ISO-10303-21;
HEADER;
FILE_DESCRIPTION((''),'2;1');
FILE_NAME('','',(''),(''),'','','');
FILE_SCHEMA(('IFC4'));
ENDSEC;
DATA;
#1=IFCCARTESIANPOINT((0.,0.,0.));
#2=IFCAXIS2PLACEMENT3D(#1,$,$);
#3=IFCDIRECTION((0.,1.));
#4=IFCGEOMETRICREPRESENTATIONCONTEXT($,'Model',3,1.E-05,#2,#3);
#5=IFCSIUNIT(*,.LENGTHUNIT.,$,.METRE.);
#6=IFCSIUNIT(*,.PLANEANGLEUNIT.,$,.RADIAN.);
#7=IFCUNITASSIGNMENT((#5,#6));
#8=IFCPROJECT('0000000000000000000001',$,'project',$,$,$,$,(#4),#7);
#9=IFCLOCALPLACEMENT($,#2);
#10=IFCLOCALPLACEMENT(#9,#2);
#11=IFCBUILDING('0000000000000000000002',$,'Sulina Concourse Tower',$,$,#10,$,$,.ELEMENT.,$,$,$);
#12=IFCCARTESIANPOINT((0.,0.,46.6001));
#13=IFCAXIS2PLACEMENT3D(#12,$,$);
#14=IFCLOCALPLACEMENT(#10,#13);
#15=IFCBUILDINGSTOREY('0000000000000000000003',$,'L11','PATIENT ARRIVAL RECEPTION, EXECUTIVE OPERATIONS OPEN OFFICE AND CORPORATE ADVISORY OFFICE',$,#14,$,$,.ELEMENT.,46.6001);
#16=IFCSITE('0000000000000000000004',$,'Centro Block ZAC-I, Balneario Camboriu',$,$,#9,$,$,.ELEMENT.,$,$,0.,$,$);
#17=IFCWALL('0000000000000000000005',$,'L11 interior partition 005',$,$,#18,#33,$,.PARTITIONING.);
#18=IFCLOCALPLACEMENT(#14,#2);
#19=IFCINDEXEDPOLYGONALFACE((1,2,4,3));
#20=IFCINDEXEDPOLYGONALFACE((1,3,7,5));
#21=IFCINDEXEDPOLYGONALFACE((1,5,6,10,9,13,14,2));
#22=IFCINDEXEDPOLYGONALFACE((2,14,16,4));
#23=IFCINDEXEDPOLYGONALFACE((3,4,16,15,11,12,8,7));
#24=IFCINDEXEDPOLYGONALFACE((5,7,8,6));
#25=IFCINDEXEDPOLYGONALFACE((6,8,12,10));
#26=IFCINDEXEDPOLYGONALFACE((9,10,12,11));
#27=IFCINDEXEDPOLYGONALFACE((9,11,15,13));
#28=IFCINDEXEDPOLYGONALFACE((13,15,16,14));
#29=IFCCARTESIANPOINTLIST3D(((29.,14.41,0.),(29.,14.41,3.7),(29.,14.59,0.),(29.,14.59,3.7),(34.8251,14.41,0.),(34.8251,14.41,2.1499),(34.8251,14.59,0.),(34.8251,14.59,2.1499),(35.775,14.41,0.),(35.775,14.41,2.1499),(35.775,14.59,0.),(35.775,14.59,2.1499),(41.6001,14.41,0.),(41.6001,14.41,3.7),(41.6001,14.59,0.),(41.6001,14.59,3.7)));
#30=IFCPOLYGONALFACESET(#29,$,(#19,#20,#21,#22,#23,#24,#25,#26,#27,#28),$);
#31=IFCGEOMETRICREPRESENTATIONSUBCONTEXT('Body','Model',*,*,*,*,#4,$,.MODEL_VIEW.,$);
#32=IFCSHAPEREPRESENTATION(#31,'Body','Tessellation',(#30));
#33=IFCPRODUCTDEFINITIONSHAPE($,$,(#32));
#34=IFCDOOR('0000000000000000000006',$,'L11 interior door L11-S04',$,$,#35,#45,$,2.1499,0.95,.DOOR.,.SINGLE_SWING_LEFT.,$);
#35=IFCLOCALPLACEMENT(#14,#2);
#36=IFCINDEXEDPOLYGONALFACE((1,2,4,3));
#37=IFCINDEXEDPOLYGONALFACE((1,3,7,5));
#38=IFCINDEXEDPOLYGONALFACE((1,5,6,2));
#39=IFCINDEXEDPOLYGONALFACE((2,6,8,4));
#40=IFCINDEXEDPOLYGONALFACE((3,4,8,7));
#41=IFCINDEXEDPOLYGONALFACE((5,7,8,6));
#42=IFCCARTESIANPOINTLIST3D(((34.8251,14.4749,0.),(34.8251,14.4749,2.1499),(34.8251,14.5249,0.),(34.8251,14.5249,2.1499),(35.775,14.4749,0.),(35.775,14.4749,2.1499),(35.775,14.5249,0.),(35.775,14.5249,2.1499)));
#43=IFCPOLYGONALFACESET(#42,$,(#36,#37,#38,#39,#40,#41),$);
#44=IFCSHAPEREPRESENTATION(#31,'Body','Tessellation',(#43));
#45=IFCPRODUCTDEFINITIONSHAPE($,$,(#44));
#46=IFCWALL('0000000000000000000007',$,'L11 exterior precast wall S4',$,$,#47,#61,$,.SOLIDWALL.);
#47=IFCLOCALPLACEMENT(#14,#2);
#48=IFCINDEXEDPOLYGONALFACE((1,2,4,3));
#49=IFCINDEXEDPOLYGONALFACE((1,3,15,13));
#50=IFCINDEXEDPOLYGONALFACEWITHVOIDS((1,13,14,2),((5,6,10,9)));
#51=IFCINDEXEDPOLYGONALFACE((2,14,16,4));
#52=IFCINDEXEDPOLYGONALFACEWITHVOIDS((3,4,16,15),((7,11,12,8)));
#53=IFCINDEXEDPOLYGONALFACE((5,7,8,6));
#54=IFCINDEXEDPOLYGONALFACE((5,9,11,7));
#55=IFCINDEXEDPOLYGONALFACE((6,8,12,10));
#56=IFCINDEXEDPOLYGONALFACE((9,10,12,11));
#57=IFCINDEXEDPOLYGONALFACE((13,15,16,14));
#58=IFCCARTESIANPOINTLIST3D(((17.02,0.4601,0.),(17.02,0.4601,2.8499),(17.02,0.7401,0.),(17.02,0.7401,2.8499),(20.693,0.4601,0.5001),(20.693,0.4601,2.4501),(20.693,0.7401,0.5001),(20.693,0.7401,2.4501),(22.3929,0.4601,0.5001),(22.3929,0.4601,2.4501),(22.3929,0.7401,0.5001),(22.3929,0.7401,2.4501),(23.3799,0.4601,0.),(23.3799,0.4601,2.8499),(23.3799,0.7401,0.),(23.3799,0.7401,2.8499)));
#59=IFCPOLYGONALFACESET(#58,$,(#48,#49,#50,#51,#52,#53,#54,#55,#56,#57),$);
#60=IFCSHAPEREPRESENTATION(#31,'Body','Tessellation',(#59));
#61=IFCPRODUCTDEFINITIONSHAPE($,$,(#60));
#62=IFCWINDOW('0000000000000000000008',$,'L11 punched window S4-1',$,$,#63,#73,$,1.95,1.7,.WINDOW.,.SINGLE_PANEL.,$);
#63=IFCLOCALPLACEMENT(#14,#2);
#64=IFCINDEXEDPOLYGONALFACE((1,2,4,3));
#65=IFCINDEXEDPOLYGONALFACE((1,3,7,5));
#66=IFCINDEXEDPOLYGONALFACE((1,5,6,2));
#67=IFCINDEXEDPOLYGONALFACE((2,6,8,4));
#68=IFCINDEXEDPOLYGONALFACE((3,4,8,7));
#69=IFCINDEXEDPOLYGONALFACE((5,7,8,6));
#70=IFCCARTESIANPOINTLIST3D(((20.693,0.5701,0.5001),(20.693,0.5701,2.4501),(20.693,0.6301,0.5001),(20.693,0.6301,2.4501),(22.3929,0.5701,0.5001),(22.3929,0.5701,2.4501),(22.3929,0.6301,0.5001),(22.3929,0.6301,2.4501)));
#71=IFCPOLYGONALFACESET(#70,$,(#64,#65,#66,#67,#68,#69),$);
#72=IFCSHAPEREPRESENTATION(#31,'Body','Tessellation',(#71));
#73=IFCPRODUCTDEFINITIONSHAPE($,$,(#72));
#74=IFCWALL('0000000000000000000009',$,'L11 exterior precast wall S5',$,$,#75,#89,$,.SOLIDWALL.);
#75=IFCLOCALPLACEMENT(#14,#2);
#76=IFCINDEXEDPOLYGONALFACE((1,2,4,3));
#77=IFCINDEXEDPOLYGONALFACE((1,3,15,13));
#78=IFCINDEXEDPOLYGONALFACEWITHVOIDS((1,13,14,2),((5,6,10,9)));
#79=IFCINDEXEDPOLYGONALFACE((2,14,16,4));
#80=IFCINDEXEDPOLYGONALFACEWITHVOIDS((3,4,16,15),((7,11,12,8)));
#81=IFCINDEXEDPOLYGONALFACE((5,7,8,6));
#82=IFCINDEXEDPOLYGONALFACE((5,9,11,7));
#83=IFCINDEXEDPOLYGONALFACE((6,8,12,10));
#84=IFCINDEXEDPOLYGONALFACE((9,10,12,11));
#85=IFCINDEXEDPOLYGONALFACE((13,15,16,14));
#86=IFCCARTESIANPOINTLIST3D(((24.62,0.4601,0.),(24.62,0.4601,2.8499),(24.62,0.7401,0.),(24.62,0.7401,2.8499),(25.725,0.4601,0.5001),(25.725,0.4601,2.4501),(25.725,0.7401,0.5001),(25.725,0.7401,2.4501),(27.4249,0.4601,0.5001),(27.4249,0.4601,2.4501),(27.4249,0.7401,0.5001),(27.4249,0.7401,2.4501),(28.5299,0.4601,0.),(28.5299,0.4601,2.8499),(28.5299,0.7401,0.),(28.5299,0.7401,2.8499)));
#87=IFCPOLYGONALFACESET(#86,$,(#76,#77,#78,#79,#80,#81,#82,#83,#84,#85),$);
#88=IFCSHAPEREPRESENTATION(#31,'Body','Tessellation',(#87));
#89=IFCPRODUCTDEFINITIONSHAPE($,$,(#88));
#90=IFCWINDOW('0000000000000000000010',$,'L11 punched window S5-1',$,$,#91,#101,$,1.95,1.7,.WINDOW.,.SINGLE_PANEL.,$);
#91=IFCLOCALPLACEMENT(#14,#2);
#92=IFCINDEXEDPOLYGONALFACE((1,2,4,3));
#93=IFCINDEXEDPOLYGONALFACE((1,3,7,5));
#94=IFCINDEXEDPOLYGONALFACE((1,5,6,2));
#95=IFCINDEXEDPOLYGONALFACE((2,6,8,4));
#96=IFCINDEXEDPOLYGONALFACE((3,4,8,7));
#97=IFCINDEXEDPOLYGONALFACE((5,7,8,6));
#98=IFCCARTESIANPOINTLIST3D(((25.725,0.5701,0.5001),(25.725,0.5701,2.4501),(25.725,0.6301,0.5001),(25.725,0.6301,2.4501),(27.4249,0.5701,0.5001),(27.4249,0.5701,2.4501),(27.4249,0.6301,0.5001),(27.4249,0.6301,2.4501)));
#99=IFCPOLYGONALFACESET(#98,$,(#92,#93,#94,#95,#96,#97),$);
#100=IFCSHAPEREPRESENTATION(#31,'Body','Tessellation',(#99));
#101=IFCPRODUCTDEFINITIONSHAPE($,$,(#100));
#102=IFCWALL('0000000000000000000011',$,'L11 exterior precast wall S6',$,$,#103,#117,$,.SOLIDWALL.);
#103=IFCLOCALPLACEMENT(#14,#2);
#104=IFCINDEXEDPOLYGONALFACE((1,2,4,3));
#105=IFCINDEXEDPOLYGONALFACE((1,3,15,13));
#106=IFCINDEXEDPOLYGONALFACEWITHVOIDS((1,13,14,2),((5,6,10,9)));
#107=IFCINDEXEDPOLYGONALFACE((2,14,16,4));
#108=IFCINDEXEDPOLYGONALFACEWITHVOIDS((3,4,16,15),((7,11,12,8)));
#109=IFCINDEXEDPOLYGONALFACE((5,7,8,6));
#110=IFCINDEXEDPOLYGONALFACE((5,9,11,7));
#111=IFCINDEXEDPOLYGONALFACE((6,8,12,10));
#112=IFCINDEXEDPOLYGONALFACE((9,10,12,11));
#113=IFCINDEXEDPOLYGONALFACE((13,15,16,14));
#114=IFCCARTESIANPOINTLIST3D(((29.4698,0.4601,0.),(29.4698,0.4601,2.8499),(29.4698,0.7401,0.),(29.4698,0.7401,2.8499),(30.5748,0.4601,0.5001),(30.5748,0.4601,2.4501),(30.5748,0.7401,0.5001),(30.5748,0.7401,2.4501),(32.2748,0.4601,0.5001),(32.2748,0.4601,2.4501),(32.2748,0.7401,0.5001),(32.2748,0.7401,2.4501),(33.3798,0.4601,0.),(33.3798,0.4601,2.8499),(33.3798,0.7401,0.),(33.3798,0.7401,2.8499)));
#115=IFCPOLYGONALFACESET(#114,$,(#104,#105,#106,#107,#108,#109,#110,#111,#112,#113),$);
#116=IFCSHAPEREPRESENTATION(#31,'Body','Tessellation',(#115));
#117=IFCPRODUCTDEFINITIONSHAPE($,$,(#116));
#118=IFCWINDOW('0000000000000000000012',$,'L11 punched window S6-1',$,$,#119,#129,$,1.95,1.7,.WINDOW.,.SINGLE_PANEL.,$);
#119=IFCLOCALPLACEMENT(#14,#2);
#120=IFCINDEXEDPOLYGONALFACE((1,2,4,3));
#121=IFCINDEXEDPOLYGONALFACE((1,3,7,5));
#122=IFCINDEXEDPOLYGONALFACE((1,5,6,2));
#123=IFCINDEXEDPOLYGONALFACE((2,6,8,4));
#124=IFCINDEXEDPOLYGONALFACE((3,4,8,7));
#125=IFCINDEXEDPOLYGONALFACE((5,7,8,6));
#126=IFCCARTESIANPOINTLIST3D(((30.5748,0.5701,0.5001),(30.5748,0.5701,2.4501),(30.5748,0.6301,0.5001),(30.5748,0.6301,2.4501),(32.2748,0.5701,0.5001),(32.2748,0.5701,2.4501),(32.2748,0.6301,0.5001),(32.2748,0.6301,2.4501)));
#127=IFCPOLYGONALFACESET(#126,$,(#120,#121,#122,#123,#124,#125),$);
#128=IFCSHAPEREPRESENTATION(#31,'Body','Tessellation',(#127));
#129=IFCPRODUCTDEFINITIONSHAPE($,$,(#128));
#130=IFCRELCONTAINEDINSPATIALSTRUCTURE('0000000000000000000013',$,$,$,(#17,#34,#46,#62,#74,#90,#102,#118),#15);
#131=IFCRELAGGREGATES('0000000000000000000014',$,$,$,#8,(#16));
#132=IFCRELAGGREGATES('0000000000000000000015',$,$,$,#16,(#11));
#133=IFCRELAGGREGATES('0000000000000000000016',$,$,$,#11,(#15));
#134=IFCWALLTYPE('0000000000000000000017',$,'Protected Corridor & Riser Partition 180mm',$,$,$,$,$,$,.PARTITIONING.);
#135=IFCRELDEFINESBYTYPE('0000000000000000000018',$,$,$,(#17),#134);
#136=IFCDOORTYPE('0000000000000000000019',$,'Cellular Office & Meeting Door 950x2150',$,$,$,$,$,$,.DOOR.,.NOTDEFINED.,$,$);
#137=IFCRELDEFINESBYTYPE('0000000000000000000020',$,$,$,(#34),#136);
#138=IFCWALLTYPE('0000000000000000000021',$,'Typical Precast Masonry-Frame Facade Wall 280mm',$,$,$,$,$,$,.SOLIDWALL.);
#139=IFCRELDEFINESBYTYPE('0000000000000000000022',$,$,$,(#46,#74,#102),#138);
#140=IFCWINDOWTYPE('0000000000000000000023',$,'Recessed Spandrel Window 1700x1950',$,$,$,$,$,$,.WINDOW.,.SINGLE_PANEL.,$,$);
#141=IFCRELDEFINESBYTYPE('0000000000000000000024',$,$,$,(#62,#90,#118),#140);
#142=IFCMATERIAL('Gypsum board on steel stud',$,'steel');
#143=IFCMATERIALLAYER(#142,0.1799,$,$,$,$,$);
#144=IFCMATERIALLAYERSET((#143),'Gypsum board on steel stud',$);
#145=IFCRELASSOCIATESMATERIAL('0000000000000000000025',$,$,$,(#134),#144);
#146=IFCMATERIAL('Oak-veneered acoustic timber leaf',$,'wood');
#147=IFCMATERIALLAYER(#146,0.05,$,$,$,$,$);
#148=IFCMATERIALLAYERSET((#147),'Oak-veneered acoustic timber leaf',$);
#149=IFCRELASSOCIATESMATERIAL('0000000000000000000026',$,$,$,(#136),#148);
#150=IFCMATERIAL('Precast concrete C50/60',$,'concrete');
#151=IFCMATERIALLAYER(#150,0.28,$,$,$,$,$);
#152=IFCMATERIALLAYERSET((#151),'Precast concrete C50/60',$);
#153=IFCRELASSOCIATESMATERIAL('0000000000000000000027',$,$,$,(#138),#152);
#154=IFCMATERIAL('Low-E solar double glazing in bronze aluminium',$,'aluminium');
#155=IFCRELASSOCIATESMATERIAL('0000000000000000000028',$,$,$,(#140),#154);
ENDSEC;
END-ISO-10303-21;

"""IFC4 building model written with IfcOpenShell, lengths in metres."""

from ifc_helpers import new_model, si_unit, direction, frame, frame_2d, origin, place, context, subcontext, project, spatial, rectangle, extrude, material, layer, layer_set, type_object, element, fill, save


model = new_model("IFC4")

# Units and contexts
model_context = context("Model", 3, precision=1e-05, world=origin(), true_north=direction((0.0, 1.0)))
body_context = subcontext(model_context, "Body", "Model", "MODEL_VIEW")
ifc_project = project(units=[si_unit("LENGTHUNIT", "METRE"), si_unit("PLANEANGLEUNIT", "RADIAN")], contexts=[model_context])

# Site, building, storey
site_placement = place(None, origin())
site = spatial("IfcSite", under=ifc_project, at=site_placement, Name="Centro Block ZAC-I, Balneario Camboriu", CompositionType="ELEMENT", RefElevation=0.0)
building_placement = place(site_placement, origin())
building = spatial("IfcBuilding", under=site, at=building_placement, Name="Sulina Concourse Tower", CompositionType="ELEMENT")
storey_placement = place(building_placement, frame((0.0, 0.0, 46.6001)))
storey = spatial("IfcBuildingStorey", under=building, at=storey_placement, Name="L11", Description="PATIENT ARRIVAL RECEPTION, EXECUTIVE OPERATIONS OPEN OFFICE AND CORPORATE ADVISORY OFFICE", CompositionType="ELEMENT", Elevation=46.6001)

# Wall, opening, door
ifc_material_1 = material(Name="Gypsum board on steel stud", Category="steel")
ifc_layer_1 = layer(ifc_material_1, 0.1799)
ifc_layer_set_1 = layer_set([ifc_layer_1], Name="Gypsum board on steel stud")
wall_type_1 = type_object("IfcWallType", Name="Protected Corridor & Riser Partition 180mm", PredefinedType="PARTITIONING", material=ifc_layer_set_1)
wall_1_placement = place(storey_placement, frame((29.0, 14.5, 0.0), z_axis=(0.0, 0.0, 1.0), x_axis=(1.0, 0.0, 0.0)))
wall_1 = element("IfcWall", 1, at=wall_1_placement, inside=storey, type_object=wall_type_1, Name="L11 interior partition 005", PredefinedType="PARTITIONING", context=body_context, shape_type="SweptSolid", body=[
    extrude(rectangle(XDim=12.6001, YDim=0.1799, at=frame_2d((6.3, 0.0))), origin(), (0.0, 0.0, 1.0), 3.7),
])
opening_1_placement = place(wall_1_placement, frame((5.825, 0.0, 0.0)))
opening_1 = element("IfcOpeningElement", 2, at=opening_1_placement, cuts=wall_1, PredefinedType="OPENING", context=body_context, shape_type="SweptSolid", body=[
    extrude(rectangle(XDim=0.95, YDim=2.1499, at=frame_2d((0.4751, 1.075))), frame((0.0, 0.0999, 0.0), z_axis=(0.0, -1.0, 0.0), x_axis=(1.0, 0.0, 0.0)), (0.0, 0.0, 1.0), 0.2),
])
ifc_material_2 = material(Name="Oak-veneered acoustic timber leaf", Category="wood")
ifc_layer_2 = layer(ifc_material_2, 0.05)
ifc_layer_set_2 = layer_set([ifc_layer_2], Name="Oak-veneered acoustic timber leaf")
door_type = type_object("IfcDoorType", Name="Cellular Office & Meeting Door 950x2150", OperationType="NOTDEFINED", PredefinedType="DOOR", material=ifc_layer_set_2)
door_placement = place(opening_1_placement, origin())
door = element("IfcDoor", 3, at=door_placement, inside=storey, type_object=door_type, Name="L11 interior door L11-S04", OperationType="SINGLE_SWING_LEFT", OverallHeight=2.1499, OverallWidth=0.95, PredefinedType="DOOR", context=body_context, shape_type="SweptSolid", body=[
    extrude(rectangle(XDim=0.95, YDim=2.1499, at=frame_2d((0.4751, 1.075))), frame((0.0, 0.0249, 0.0), z_axis=(0.0, -1.0, 0.0), x_axis=(1.0, 0.0, 0.0)), (0.0, 0.0, 1.0), 0.05),
])
fill(opening_1, door)

# Walls, openings, windows
ifc_material_3 = material(Name="Precast concrete C50/60", Category="concrete")
ifc_layer_3 = layer(ifc_material_3, 0.28)
ifc_layer_set_3 = layer_set([ifc_layer_3], Name="Precast concrete C50/60")
wall_type_2 = type_object("IfcWallType", Name="Typical Precast Masonry-Frame Facade Wall 280mm", PredefinedType="SOLIDWALL", material=ifc_layer_set_3)
wall_2_placement = place(storey_placement, frame((23.3799, 0.6001, 0.0), z_axis=(0.0, 0.0, 1.0), x_axis=(-1.0, 0.0, 0.0)))
wall_2 = element("IfcWall", 4, at=wall_2_placement, inside=storey, type_object=wall_type_2, Name="L11 exterior precast wall S4", PredefinedType="SOLIDWALL", context=body_context, shape_type="SweptSolid", body=[
    extrude(rectangle(XDim=6.3599, YDim=0.28, at=frame_2d((3.1799, 0.0))), origin(), (0.0, 0.0, 1.0), 2.8499),
])
opening_2_placement = place(wall_2_placement, frame((0.9868, 0.0, 0.5)))
opening_2 = element("IfcOpeningElement", 5, at=opening_2_placement, cuts=wall_2, PredefinedType="OPENING", context=body_context, shape_type="SweptSolid", body=[
    extrude(rectangle(XDim=1.7, YDim=1.95, at=frame_2d((0.8501, 0.9751))), frame((0.0, 0.1499, 0.0), z_axis=(0.0, -1.0, 0.0), x_axis=(1.0, 0.0, 0.0)), (0.0, 0.0, 1.0), 0.3),
])
ifc_material_4 = material(Name="Low-E solar double glazing in bronze aluminium", Category="aluminium")
window_type = type_object("IfcWindowType", Name="Recessed Spandrel Window 1700x1950", PartitioningType="SINGLE_PANEL", PredefinedType="WINDOW", material=ifc_material_4)
window_1_placement = place(opening_2_placement, origin())
window_1 = element("IfcWindow", 6, at=window_1_placement, inside=storey, type_object=window_type, Name="L11 punched window S4-1", OverallHeight=1.95, OverallWidth=1.7, PartitioningType="SINGLE_PANEL", PredefinedType="WINDOW", context=body_context, shape_type="SweptSolid", body=[
    extrude(rectangle(XDim=1.7, YDim=1.95, at=frame_2d((0.8501, 0.9751))), frame((0.0, 0.03, 0.0), z_axis=(0.0, -1.0, 0.0), x_axis=(1.0, 0.0, 0.0)), (0.0, 0.0, 1.0), 0.0601),
])
fill(opening_2, window_1)
wall_3_placement = place(storey_placement, frame((28.53, 0.6001, 0.0), z_axis=(0.0, 0.0, 1.0), x_axis=(-1.0, 0.0, 0.0)))
wall_3 = element("IfcWall", 7, at=wall_3_placement, inside=storey, type_object=wall_type_2, Name="L11 exterior precast wall S5", PredefinedType="SOLIDWALL", context=body_context, shape_type="SweptSolid", body=[
    extrude(rectangle(XDim=3.9099, YDim=0.28, at=frame_2d((1.9551, 0.0))), origin(), (0.0, 0.0, 1.0), 2.8499),
])
opening_3_placement = place(wall_3_placement, frame((1.105, 0.0, 0.5)))
opening_3 = element("IfcOpeningElement", 8, at=opening_3_placement, cuts=wall_3, PredefinedType="OPENING", context=body_context, shape_type="SweptSolid", body=[
    extrude(rectangle(XDim=1.7, YDim=1.95, at=frame_2d((0.8501, 0.9751))), frame((0.0, 0.1499, 0.0), z_axis=(0.0, -1.0, 0.0), x_axis=(1.0, 0.0, 0.0)), (0.0, 0.0, 1.0), 0.3),
])
window_2_placement = place(opening_3_placement, origin())
window_2 = element("IfcWindow", 9, at=window_2_placement, inside=storey, type_object=window_type, Name="L11 punched window S5-1", OverallHeight=1.95, OverallWidth=1.7, PartitioningType="SINGLE_PANEL", PredefinedType="WINDOW", context=body_context, shape_type="SweptSolid", body=[
    extrude(rectangle(XDim=1.7, YDim=1.95, at=frame_2d((0.8501, 0.9751))), frame((0.0, 0.03, 0.0), z_axis=(0.0, -1.0, 0.0), x_axis=(1.0, 0.0, 0.0)), (0.0, 0.0, 1.0), 0.0601),
])
fill(opening_3, window_2)
wall_4_placement = place(storey_placement, frame((33.3799, 0.6001, 0.0), z_axis=(0.0, 0.0, 1.0), x_axis=(-1.0, 0.0, 0.0)))
wall_4 = element("IfcWall", 10, at=wall_4_placement, inside=storey, type_object=wall_type_2, Name="L11 exterior precast wall S6", PredefinedType="SOLIDWALL", context=body_context, shape_type="SweptSolid", body=[
    extrude(rectangle(XDim=3.9099, YDim=0.28, at=frame_2d((1.9551, 0.0))), origin(), (0.0, 0.0, 1.0), 2.8499),
])
opening_4_placement = place(wall_4_placement, frame((1.105, 0.0, 0.5)))
opening_4 = element("IfcOpeningElement", 11, at=opening_4_placement, cuts=wall_4, PredefinedType="OPENING", context=body_context, shape_type="SweptSolid", body=[
    extrude(rectangle(XDim=1.7, YDim=1.95, at=frame_2d((0.8501, 0.9751))), frame((0.0, 0.1499, 0.0), z_axis=(0.0, -1.0, 0.0), x_axis=(1.0, 0.0, 0.0)), (0.0, 0.0, 1.0), 0.3),
])
window_3_placement = place(opening_4_placement, origin())
window_3 = element("IfcWindow", 12, at=window_3_placement, inside=storey, type_object=window_type, Name="L11 punched window S6-1", OverallHeight=1.95, OverallWidth=1.7, PartitioningType="SINGLE_PANEL", PredefinedType="WINDOW", context=body_context, shape_type="SweptSolid", body=[
    extrude(rectangle(XDim=1.7, YDim=1.95, at=frame_2d((0.8501, 0.9751))), frame((0.0, 0.03, 0.0), z_axis=(0.0, -1.0, 0.0), x_axis=(1.0, 0.0, 0.0)), (0.0, 0.0, 1.0), 0.0601),
])
fill(opening_4, window_3)

save(model, "model.ifc")
